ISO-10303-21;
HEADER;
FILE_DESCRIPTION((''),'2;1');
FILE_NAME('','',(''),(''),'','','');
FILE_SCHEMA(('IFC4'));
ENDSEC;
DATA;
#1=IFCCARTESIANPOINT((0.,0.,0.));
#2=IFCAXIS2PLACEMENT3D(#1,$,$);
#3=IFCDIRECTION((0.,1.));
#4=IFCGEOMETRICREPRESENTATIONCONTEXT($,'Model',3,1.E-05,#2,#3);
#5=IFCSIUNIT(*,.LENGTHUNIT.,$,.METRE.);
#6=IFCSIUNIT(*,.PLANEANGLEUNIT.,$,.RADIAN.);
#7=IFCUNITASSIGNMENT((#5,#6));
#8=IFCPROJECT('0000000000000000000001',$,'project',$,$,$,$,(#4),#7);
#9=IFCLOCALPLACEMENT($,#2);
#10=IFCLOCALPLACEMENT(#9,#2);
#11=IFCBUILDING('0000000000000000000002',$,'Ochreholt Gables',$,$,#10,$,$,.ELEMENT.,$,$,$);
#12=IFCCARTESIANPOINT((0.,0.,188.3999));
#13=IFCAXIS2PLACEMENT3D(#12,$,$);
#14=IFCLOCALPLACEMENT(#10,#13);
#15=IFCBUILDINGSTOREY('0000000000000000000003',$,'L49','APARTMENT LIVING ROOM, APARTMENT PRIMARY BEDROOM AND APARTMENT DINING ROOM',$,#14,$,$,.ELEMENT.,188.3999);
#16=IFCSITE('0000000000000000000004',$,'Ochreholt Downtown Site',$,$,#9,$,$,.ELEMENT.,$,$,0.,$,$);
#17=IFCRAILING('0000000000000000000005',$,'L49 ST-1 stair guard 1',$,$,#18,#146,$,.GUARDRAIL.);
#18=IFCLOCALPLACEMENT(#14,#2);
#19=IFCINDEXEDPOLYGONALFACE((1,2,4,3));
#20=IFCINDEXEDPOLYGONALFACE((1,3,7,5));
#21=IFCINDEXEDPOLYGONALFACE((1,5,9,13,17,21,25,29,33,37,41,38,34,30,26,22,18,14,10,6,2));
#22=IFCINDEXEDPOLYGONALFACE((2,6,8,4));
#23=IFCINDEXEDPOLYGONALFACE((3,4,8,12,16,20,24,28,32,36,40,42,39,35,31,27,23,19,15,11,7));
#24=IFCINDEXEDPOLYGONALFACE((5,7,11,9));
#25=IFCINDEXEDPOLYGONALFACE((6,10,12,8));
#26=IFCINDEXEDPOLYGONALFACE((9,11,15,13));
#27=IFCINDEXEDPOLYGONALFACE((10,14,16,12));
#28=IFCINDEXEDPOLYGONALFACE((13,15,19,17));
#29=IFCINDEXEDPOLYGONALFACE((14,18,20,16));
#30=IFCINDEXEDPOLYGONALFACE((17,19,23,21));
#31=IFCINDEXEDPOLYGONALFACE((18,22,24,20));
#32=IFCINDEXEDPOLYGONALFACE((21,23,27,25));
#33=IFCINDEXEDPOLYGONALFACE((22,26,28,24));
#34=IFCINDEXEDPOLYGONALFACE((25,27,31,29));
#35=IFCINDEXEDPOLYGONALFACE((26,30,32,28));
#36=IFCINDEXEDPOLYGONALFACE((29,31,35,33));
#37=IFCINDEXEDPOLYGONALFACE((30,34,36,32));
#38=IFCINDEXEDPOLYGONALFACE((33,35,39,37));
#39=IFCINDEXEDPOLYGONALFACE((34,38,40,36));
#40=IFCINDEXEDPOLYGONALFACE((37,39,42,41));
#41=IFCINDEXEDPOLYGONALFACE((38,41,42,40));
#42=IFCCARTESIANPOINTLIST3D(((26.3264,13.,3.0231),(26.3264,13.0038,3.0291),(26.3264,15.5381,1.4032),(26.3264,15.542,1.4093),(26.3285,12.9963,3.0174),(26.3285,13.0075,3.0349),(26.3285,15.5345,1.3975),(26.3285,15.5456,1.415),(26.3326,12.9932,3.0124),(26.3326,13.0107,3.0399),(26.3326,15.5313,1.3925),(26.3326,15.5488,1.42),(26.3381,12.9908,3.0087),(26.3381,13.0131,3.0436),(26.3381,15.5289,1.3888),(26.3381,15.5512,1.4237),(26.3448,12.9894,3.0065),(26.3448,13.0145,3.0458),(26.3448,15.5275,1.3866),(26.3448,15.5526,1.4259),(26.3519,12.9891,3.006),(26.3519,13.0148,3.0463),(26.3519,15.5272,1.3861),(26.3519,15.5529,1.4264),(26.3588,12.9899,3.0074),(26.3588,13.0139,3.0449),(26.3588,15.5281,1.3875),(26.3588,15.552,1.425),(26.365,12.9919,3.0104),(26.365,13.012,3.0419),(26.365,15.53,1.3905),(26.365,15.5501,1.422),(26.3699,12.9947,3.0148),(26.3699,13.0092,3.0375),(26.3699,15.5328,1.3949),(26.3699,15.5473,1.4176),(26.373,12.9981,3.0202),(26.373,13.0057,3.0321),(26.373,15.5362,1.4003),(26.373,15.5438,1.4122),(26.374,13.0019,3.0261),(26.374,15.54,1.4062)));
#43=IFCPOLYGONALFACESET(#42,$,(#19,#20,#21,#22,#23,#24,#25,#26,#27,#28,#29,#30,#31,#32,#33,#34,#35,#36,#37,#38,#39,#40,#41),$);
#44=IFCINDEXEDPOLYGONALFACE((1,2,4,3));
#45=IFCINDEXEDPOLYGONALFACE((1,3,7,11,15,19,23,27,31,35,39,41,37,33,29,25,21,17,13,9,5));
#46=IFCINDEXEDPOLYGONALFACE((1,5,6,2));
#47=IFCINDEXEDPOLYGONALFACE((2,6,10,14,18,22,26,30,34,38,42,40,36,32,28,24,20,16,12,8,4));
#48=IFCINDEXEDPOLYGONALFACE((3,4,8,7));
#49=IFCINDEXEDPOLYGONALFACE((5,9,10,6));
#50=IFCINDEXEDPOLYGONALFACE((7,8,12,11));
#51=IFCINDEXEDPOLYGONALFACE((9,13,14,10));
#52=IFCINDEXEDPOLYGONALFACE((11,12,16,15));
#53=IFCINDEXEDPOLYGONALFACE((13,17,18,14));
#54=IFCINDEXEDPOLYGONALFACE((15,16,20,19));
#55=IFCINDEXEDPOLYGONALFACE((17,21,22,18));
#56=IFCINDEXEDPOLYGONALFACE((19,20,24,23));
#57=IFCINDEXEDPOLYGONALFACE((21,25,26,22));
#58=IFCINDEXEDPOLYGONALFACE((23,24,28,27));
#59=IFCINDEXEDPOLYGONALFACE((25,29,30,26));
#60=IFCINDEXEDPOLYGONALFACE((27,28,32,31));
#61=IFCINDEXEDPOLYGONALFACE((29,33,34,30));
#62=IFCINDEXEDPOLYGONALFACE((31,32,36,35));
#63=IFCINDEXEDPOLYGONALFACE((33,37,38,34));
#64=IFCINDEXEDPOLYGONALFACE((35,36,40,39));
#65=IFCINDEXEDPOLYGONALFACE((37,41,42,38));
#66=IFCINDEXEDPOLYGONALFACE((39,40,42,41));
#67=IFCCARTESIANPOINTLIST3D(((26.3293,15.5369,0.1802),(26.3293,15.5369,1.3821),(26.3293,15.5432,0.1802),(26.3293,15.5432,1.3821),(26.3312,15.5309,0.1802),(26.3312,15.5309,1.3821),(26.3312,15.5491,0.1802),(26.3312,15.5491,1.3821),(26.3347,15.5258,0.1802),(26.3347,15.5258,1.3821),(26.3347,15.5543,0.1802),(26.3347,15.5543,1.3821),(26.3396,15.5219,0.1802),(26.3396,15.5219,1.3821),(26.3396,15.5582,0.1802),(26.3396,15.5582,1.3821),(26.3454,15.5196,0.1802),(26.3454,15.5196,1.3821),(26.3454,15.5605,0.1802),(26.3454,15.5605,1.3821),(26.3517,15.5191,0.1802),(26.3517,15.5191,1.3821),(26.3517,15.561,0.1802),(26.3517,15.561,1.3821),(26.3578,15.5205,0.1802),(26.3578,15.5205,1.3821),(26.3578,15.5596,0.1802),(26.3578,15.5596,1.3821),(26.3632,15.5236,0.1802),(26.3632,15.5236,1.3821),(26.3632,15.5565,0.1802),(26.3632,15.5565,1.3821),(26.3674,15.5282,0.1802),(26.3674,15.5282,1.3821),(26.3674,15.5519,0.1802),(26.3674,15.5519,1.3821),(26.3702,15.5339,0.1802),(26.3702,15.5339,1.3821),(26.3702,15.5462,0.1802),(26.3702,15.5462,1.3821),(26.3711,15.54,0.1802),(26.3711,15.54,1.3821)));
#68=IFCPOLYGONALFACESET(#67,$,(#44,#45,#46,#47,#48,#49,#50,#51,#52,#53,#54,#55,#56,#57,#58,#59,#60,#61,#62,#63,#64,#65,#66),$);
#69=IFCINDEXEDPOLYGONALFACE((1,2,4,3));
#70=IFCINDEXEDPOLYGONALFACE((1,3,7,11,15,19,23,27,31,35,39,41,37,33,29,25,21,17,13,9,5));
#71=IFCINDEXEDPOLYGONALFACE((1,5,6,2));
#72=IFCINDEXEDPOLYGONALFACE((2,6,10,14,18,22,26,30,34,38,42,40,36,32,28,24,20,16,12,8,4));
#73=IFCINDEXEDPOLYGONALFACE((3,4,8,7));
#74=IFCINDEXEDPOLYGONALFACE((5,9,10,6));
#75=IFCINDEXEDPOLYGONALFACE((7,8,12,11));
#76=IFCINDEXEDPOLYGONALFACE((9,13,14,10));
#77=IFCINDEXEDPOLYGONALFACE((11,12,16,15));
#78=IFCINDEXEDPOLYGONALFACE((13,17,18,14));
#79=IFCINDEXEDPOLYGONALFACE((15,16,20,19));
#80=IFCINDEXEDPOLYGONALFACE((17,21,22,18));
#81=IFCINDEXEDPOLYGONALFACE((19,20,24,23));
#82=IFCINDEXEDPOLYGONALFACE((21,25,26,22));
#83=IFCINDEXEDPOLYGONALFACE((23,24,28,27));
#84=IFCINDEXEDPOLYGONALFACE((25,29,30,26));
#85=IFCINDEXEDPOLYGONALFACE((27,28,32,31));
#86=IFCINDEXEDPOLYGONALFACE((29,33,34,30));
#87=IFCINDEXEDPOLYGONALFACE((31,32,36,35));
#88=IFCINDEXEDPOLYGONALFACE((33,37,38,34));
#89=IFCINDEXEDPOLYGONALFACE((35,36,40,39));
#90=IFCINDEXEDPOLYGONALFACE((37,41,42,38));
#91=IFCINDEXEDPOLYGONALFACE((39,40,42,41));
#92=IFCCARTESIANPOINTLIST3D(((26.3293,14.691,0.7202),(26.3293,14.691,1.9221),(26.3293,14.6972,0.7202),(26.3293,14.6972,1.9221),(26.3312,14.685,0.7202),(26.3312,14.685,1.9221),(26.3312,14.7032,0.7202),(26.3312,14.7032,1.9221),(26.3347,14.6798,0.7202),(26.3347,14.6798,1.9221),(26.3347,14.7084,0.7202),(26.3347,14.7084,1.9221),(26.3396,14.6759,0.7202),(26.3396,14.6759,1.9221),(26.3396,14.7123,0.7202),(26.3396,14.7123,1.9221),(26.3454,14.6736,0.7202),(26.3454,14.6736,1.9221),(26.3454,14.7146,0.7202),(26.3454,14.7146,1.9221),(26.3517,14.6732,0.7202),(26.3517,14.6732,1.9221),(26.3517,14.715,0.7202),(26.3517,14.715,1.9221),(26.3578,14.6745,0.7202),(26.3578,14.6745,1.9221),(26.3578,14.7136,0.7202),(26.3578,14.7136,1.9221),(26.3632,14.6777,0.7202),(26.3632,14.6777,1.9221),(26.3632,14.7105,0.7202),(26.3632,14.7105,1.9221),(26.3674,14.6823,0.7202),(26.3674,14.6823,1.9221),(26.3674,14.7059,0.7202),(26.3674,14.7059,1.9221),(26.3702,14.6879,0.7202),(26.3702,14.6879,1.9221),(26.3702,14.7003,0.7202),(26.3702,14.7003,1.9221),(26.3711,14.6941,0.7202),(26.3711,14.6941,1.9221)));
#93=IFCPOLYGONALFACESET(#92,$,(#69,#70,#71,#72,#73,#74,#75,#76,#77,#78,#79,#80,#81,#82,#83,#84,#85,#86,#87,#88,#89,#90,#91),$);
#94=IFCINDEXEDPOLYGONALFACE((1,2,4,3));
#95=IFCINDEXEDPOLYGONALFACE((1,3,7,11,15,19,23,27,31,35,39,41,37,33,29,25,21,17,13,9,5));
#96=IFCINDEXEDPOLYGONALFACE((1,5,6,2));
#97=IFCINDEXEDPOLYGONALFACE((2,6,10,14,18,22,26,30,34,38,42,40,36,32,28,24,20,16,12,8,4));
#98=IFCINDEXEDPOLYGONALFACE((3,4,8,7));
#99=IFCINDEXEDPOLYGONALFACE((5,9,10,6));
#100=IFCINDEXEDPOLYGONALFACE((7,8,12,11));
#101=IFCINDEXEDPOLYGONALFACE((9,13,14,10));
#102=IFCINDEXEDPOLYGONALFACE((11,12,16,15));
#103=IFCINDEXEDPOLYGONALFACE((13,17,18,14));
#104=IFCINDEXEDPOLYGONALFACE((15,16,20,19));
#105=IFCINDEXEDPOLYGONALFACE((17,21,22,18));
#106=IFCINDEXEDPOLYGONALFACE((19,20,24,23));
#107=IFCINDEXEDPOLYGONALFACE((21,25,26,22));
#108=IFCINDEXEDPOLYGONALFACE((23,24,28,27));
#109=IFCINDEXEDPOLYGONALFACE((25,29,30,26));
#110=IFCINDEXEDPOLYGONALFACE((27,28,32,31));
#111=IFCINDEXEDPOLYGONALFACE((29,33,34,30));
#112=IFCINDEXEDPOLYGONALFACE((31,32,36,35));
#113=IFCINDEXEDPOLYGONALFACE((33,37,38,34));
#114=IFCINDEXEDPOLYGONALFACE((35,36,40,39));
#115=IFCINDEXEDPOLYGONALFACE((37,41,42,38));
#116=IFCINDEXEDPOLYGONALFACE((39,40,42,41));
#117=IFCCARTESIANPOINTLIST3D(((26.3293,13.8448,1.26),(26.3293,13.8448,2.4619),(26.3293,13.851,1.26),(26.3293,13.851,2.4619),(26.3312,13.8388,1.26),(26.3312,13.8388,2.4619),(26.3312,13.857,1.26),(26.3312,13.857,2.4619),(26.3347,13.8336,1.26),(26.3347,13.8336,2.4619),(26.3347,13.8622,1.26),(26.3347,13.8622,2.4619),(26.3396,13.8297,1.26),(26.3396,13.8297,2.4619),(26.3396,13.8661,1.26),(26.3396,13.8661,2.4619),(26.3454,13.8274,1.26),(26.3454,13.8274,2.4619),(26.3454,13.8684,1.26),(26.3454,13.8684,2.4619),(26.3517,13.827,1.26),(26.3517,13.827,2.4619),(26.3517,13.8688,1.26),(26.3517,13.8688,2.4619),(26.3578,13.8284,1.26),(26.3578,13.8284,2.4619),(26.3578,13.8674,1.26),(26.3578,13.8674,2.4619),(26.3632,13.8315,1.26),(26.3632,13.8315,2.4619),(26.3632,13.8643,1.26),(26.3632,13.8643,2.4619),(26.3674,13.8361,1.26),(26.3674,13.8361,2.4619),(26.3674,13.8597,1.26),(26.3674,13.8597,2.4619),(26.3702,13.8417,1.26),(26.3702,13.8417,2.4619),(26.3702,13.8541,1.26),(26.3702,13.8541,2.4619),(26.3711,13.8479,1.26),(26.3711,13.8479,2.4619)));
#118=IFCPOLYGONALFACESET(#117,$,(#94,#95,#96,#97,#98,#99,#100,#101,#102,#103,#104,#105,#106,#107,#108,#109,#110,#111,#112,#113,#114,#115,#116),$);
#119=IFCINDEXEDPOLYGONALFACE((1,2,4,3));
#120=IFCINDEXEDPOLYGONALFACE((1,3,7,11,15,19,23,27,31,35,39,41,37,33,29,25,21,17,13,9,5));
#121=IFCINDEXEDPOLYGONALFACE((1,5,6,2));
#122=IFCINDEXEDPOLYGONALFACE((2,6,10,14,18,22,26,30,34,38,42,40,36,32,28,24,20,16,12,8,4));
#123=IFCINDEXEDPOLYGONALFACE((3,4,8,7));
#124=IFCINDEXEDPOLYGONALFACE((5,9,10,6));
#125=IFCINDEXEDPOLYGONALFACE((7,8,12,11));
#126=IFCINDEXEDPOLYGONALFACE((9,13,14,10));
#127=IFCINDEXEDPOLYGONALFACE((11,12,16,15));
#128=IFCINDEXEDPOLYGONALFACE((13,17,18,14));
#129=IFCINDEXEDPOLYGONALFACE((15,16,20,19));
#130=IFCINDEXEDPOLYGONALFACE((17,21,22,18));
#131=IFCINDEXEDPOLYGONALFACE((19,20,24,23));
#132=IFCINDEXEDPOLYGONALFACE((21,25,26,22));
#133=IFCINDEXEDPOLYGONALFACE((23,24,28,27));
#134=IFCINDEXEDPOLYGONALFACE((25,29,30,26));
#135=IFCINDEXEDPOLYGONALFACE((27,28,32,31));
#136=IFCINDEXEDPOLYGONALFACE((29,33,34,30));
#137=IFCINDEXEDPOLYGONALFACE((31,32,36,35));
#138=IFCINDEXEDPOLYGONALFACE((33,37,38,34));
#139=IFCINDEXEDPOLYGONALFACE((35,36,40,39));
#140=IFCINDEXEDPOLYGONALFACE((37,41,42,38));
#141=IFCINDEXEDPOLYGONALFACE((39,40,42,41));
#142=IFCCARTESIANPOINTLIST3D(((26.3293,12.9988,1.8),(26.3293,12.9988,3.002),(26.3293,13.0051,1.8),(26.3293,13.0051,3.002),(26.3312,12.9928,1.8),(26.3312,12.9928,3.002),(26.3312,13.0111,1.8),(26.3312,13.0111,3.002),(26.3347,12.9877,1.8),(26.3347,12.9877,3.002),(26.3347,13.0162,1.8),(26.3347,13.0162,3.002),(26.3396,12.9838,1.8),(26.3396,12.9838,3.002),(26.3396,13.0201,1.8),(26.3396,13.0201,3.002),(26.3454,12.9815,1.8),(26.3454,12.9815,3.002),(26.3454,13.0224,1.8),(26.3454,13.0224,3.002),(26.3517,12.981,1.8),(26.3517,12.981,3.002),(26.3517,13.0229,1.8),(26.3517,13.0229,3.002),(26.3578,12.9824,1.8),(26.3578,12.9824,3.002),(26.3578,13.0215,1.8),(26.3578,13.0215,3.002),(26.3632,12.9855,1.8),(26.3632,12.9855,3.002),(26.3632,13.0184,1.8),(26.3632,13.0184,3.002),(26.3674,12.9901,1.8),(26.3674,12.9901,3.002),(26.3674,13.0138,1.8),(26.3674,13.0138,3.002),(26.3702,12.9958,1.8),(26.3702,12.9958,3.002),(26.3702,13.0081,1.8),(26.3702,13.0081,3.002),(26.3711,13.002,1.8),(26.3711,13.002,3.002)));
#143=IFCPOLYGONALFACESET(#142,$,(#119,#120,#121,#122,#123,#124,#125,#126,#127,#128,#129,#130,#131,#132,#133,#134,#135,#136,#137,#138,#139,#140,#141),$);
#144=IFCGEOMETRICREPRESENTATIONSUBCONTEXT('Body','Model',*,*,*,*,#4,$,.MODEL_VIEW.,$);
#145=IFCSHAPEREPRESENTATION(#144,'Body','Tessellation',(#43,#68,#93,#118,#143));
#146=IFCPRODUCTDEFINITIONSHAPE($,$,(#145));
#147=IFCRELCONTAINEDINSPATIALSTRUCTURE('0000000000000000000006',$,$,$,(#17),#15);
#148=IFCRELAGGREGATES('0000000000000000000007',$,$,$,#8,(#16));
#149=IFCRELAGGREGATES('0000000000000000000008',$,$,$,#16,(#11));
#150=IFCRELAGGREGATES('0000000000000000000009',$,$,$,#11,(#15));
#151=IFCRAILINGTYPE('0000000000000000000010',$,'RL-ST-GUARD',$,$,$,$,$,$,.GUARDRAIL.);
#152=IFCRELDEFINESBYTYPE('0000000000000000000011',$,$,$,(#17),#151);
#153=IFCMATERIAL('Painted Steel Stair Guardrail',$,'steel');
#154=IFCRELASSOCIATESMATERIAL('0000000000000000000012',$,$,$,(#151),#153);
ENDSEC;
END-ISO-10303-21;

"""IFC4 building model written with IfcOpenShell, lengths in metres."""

from ifc_helpers import new_model, si_unit, direction, frame, origin, origin_2d, place, context, subcontext, project, spatial, circle, extrude, material, type_object, element, save


model = new_model("IFC4")

# Units and contexts
model_context = context("Model", 3, precision=1e-05, world=origin(), true_north=direction((0.0, 1.0)))
body_context = subcontext(model_context, "Body", "Model", "MODEL_VIEW")
ifc_project = project(units=[si_unit("LENGTHUNIT", "METRE"), si_unit("PLANEANGLEUNIT", "RADIAN")], contexts=[model_context])

# Site, building, storey
site_placement = place(None, origin())
site = spatial("IfcSite", under=ifc_project, at=site_placement, Name="Ochreholt Downtown Site", CompositionType="ELEMENT", RefElevation=0.0)
building_placement = place(site_placement, origin())
building = spatial("IfcBuilding", under=site, at=building_placement, Name="Ochreholt Gables", CompositionType="ELEMENT")
storey_placement = place(building_placement, frame((0.0, 0.0, 188.3999)))
storey = spatial("IfcBuildingStorey", under=building, at=storey_placement, Name="L49", Description="APARTMENT LIVING ROOM, APARTMENT PRIMARY BEDROOM AND APARTMENT DINING ROOM", CompositionType="ELEMENT", Elevation=188.3999)

# Railing
ifc_material_1 = material(Name="Painted Steel Stair Guardrail", Category="steel")
railing_type_1 = type_object("IfcRailingType", Name="RL-ST-GUARD", PredefinedType="GUARDRAIL", material=ifc_material_1)
railing_1_placement = place(storey_placement, frame((26.3501, 15.54, 0.1802)))
element("IfcRailing", 1, at=railing_1_placement, inside=storey, type_object=railing_type_1, Name="L49 ST-1 stair guard 1", PredefinedType="GUARDRAIL", context=body_context, shape_type="SweptSolid", body=[
    extrude(circle(Radius=0.0239, at=origin_2d()), frame((0.0, 0.0, 1.2261), z_axis=(0.0, -0.84295, 0.537993), x_axis=(1.0, 0.0, 0.0)), (0.0, 0.0, 1.0), 3.011),
    extrude(circle(Radius=0.021, at=origin_2d()), origin(), (0.0, 0.0, 1.0), 1.2019),
    extrude(circle(Radius=0.021, at=origin_2d()), frame((0.0, -0.8459, 0.54)), (0.0, 0.0, 1.0), 1.2019),
    extrude(circle(Radius=0.021, at=origin_2d()), frame((0.0, -1.6921, 1.0798)), (0.0, 0.0, 1.0), 1.2019),
    extrude(circle(Radius=0.021, at=origin_2d()), frame((0.0, -2.5381, 1.6199)), (0.0, 0.0, 1.0), 1.2019),
])

save(model, "model.ifc")
